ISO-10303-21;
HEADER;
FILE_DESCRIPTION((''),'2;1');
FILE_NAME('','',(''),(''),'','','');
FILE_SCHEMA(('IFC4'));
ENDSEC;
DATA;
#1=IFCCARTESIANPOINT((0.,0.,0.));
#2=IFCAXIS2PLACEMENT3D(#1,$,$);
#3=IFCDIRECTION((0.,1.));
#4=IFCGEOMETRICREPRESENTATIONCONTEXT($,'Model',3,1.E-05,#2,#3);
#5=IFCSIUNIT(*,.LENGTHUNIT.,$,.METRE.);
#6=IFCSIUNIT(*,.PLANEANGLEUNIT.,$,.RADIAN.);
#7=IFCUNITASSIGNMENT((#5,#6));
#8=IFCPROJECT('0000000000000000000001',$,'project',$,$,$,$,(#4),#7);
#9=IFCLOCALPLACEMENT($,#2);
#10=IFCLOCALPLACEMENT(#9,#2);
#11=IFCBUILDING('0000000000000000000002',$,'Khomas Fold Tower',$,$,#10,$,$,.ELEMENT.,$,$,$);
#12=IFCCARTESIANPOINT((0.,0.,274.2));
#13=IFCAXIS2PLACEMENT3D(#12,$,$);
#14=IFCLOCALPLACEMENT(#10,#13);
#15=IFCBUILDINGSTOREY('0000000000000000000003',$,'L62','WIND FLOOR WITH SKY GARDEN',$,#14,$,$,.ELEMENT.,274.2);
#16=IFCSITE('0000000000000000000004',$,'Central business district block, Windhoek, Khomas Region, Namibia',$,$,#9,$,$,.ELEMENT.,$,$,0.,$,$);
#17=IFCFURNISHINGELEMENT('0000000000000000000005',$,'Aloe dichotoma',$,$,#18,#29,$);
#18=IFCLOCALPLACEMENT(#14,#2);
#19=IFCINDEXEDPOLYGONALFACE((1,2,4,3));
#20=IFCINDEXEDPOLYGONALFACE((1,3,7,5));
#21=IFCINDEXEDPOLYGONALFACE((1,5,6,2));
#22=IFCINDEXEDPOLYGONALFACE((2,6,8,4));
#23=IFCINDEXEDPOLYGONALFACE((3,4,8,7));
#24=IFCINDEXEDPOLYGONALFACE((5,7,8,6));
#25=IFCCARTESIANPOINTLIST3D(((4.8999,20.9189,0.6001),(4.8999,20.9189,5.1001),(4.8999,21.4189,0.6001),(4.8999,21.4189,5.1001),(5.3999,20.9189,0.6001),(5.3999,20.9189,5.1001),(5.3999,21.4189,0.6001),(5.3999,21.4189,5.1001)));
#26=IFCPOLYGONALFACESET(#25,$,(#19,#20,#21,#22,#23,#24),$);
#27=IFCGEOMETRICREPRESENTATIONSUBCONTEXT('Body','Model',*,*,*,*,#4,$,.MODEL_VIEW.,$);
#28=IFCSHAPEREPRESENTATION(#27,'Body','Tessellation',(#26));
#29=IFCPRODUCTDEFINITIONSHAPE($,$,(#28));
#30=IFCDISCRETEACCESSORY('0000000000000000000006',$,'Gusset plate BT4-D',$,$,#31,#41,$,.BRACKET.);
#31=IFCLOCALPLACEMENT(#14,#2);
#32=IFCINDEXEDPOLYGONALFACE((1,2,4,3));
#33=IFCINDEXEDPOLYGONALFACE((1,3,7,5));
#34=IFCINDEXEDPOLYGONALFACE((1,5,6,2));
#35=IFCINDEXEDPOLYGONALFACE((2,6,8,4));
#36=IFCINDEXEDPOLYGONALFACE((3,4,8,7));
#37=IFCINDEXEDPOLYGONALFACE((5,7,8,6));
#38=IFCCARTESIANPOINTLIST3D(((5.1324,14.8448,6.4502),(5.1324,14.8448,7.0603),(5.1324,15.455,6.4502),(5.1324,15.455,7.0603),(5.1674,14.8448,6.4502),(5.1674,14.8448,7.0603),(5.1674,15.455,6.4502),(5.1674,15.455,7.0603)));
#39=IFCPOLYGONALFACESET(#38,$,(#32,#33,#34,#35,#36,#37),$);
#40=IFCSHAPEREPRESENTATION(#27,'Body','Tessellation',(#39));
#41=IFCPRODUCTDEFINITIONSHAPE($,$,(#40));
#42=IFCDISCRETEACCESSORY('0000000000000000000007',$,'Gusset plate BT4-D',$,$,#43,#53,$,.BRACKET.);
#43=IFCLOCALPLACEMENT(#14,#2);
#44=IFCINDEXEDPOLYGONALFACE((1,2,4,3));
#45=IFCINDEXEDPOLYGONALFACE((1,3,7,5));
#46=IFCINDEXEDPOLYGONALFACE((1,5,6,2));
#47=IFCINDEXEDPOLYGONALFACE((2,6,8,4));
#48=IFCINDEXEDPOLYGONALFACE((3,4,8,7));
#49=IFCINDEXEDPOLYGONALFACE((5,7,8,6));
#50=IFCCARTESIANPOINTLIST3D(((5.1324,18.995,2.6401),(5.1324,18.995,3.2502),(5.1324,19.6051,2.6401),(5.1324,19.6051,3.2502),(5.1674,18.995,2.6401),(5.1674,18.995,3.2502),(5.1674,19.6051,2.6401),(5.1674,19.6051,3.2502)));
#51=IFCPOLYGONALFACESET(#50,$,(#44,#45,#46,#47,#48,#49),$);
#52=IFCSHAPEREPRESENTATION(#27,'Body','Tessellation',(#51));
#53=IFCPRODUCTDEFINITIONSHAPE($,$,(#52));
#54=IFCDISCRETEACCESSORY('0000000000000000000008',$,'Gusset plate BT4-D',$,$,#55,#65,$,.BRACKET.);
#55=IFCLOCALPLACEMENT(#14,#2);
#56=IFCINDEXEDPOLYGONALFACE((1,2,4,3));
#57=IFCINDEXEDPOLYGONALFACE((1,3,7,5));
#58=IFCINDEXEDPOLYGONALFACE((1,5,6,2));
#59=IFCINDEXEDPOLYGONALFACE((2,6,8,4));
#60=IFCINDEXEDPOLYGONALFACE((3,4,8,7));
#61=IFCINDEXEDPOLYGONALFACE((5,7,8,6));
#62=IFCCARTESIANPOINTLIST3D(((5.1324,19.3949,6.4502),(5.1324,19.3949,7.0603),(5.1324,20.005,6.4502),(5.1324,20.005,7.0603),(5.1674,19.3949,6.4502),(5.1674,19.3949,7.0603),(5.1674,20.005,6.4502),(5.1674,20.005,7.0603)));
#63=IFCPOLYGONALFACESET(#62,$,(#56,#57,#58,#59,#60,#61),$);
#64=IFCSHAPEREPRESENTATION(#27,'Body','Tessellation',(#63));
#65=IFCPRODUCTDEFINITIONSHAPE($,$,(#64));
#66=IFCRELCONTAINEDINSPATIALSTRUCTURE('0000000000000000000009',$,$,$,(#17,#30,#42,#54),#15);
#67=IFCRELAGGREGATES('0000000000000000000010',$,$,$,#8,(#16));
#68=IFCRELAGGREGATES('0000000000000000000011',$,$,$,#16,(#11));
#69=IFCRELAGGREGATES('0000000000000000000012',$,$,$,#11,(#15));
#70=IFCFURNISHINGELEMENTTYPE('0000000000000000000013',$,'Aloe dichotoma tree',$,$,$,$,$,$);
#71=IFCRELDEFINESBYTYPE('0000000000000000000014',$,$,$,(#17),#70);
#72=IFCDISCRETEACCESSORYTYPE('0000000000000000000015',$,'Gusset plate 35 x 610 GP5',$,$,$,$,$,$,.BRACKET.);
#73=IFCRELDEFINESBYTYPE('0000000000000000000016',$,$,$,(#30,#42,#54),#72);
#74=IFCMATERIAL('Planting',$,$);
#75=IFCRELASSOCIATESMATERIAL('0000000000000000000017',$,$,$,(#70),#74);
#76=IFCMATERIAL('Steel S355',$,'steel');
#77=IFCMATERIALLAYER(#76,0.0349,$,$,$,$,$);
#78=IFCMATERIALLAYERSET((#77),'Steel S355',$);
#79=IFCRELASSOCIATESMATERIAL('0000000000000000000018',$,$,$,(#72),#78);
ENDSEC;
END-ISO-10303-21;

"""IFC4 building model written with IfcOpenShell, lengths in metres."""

from ifc_helpers import new_model, si_unit, direction, frame, origin, origin_2d, place, context, subcontext, project, spatial, rectangle, extrude, source, transform, mapped, material, layer, layer_set, type_object, element, save


model = new_model("IFC4")

# Units and contexts
model_context = context("Model", 3, precision=1e-05, world=origin(), true_north=direction((0.0, 1.0)))
body_context = subcontext(model_context, "Body", "Model", "MODEL_VIEW")
ifc_project = project(units=[si_unit("LENGTHUNIT", "METRE"), si_unit("PLANEANGLEUNIT", "RADIAN")], contexts=[model_context])

# Site, building, storey
site_placement = place(None, origin())
site = spatial("IfcSite", under=ifc_project, at=site_placement, Name="Central business district block, Windhoek, Khomas Region, Namibia", CompositionType="ELEMENT", RefElevation=0.0)
building_placement = place(site_placement, origin())
building = spatial("IfcBuilding", under=site, at=building_placement, Name="Khomas Fold Tower", CompositionType="ELEMENT")
storey_placement = place(building_placement, frame((0.0, 0.0, 274.2)))
storey = spatial("IfcBuildingStorey", under=building, at=storey_placement, Name="L62", Description="WIND FLOOR WITH SKY GARDEN", CompositionType="ELEMENT", Elevation=274.2)

# Furnishing element
ifc_material_1 = material(Name="Planting")
furnishing_element_type_1 = type_object("IfcFurnishingElementType", Name="Aloe dichotoma tree", material=ifc_material_1)
shared_shape_1 = source(origin(), body_context, "Body", "SweptSolid", [
    extrude(rectangle(XDim=0.5, YDim=0.5, at=origin_2d()), origin(), (0.0, 0.0, 1.0), 4.5),
])
furnishing_1_placement = place(storey_placement, frame((5.1499, 21.1689, 0.6001), z_axis=(0.0, 0.0, 1.0), x_axis=(1.0, 0.0, 0.0)))
element("IfcFurnishingElement", 1, at=furnishing_1_placement, inside=storey, type_object=furnishing_element_type_1, Name="Aloe dichotoma", context=body_context, shape_type="MappedRepresentation", body=[
    mapped(shared_shape_1, transform((0.0, 0.0, 0.0))),
])

# Discrete accessories
ifc_material_2 = material(Name="Steel S355", Category="steel")
ifc_layer_1 = layer(ifc_material_2, 0.0349)
ifc_layer_set_1 = layer_set([ifc_layer_1], Name="Steel S355")
discrete_accessory_type = type_object("IfcDiscreteAccessoryType", Name="Gusset plate 35 x 610 GP5", PredefinedType="BRACKET", material=ifc_layer_set_1)
shared_shape_2 = source(origin(), body_context, "Body", "SweptSolid", [
    extrude(rectangle(XDim=0.6101, YDim=0.0349, at=origin_2d()), origin(), (0.0, 0.0, 1.0), 0.6101),
])
for number, where, z_axis, x_axis, name in (
    (2, (5.1499, 15.1499, 6.4502), (0.0, 0.0, 1.0), (0.0, 1.0, 0.0), "Gusset plate BT4-D"),
    (3, (5.1499, 19.3, 2.6401), (0.0, 0.0, 1.0), (0.0, 1.0, 0.0), "Gusset plate BT4-D"),
    (4, (5.1499, 19.7, 6.4502), (0.0, 0.0, 1.0), (0.0, 1.0, 0.0), "Gusset plate BT4-D"),
):
    element("IfcDiscreteAccessory", number, at=place(storey_placement, frame(where, z_axis=z_axis, x_axis=x_axis)), inside=storey, type_object=discrete_accessory_type, Name=name, PredefinedType="BRACKET", context=body_context, shape_type="MappedRepresentation", body=[
        mapped(shared_shape_2, transform((0.0, 0.0, 0.0))),
    ])

save(model, "model.ifc")
